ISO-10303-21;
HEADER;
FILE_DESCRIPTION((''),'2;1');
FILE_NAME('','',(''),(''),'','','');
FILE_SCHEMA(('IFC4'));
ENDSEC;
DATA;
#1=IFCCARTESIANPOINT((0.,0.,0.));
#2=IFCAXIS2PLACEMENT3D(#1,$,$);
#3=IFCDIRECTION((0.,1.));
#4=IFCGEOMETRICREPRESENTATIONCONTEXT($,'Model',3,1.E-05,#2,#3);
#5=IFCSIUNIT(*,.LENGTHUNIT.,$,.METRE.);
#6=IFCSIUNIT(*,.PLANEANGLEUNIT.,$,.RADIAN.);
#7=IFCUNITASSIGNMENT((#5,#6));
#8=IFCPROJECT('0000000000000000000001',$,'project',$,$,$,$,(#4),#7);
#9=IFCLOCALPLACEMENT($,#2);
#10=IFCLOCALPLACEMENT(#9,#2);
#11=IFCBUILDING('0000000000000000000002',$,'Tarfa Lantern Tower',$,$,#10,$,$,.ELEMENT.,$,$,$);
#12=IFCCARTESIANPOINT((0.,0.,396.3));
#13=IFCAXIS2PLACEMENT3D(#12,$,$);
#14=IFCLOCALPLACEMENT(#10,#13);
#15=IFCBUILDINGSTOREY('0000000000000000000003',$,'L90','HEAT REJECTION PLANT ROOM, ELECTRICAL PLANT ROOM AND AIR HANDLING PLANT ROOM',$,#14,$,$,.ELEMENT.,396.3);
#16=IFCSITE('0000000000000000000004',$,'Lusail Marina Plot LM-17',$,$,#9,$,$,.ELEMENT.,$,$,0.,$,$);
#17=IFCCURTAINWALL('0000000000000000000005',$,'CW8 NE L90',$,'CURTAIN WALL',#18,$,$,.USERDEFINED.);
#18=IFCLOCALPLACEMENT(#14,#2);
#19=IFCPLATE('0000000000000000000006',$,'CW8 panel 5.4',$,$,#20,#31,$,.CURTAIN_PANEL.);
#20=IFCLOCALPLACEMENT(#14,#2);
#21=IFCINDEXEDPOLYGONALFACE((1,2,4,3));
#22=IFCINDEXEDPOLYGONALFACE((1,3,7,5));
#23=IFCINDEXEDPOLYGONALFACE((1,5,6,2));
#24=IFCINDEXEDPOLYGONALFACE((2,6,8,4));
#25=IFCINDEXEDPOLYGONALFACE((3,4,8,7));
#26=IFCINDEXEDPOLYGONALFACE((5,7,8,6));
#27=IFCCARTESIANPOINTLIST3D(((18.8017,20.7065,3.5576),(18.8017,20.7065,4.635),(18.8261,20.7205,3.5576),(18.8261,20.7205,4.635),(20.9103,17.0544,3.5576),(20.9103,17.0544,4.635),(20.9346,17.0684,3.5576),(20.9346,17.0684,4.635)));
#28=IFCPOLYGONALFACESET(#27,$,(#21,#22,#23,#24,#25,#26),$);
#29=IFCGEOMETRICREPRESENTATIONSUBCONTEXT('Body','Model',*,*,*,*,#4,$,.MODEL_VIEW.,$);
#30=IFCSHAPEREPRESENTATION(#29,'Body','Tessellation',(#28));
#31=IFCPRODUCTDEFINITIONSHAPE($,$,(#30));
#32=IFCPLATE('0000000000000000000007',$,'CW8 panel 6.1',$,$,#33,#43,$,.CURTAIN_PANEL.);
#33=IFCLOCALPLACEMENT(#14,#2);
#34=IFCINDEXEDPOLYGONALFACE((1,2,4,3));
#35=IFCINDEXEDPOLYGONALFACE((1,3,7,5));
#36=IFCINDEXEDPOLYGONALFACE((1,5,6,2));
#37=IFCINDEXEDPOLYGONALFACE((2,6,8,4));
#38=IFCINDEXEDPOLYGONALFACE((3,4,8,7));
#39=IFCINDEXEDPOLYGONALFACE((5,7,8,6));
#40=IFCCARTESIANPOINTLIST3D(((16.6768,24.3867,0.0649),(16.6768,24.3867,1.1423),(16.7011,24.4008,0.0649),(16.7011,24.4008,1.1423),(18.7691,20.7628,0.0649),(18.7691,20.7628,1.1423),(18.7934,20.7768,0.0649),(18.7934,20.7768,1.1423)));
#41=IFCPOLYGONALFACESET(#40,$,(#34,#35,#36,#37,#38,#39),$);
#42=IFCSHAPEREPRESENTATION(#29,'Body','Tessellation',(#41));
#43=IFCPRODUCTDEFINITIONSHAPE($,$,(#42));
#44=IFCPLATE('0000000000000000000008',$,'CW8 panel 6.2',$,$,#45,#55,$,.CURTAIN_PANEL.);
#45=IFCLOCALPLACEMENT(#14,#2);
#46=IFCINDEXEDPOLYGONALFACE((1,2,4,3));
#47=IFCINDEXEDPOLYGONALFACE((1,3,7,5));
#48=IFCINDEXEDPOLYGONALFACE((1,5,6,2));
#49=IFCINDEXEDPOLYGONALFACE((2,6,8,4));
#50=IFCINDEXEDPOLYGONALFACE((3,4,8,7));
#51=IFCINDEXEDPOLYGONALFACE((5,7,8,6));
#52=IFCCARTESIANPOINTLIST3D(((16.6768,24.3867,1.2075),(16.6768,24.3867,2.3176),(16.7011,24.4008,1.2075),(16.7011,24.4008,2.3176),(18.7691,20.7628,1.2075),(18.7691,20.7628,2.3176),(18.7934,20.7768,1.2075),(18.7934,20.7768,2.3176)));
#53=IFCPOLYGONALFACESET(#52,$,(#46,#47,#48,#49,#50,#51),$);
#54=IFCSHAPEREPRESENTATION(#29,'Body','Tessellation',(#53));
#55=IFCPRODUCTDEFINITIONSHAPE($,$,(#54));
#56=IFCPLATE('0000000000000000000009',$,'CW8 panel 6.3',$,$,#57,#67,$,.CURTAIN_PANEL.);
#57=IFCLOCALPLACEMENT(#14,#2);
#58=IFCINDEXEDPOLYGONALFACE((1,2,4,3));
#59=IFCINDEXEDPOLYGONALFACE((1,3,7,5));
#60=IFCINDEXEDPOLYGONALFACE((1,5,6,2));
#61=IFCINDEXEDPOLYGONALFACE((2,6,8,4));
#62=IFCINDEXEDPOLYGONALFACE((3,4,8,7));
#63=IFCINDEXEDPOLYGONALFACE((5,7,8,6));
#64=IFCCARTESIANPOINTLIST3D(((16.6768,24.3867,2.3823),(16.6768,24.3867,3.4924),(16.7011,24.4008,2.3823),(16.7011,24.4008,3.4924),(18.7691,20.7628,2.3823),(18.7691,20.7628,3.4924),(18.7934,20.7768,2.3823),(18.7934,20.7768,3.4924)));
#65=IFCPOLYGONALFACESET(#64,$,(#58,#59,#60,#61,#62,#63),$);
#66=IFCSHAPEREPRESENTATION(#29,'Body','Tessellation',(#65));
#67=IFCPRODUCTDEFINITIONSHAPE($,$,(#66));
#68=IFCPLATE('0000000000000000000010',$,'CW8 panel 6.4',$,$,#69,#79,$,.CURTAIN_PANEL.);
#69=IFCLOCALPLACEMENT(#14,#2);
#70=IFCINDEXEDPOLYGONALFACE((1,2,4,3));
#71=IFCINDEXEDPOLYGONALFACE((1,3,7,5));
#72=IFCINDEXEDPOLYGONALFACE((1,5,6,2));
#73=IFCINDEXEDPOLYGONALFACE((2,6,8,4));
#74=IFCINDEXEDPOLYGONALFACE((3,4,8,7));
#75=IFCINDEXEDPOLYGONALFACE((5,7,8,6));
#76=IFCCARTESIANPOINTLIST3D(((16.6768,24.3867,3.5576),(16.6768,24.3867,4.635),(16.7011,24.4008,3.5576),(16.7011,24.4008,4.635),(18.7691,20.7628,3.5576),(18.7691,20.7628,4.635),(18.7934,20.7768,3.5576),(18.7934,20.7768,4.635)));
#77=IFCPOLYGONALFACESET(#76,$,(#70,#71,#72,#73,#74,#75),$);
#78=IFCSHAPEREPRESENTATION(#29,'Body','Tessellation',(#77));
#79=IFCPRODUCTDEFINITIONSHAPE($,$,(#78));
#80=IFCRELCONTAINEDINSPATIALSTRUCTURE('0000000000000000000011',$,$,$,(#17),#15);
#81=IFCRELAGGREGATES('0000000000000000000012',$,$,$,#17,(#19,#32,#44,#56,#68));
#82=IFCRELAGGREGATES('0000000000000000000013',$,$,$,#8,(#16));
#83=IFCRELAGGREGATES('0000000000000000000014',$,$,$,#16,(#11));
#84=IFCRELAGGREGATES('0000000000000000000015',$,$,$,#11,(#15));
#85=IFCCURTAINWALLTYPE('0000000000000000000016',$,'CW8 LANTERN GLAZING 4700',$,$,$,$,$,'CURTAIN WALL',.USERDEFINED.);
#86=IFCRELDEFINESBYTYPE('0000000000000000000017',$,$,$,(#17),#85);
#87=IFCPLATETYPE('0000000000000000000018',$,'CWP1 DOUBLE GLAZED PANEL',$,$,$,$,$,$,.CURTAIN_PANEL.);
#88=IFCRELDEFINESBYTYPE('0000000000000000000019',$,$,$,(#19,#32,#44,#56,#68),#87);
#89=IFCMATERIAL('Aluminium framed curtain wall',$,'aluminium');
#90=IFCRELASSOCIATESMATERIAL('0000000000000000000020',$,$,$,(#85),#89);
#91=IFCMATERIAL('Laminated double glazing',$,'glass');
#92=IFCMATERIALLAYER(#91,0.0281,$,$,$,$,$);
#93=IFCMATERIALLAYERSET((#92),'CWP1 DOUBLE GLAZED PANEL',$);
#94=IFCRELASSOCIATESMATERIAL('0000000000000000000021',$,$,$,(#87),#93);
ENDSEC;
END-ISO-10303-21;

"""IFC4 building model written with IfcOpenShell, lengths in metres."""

from ifc_helpers import new_model, si_unit, direction, frame, origin, origin_2d, place, context, subcontext, project, spatial, rectangle, extrude, material, layer, layer_set, type_object, element, aggregate, save


model = new_model("IFC4")

# Units and contexts
model_context = context("Model", 3, precision=1e-05, world=origin(), true_north=direction((0.0, 1.0)))
body_context = subcontext(model_context, "Body", "Model", "MODEL_VIEW")
ifc_project = project(units=[si_unit("LENGTHUNIT", "METRE"), si_unit("PLANEANGLEUNIT", "RADIAN")], contexts=[model_context])

# Site, building, storey
site_placement = place(None, origin())
site = spatial("IfcSite", under=ifc_project, at=site_placement, Name="Lusail Marina Plot LM-17", CompositionType="ELEMENT", RefElevation=0.0)
building_placement = place(site_placement, origin())
building = spatial("IfcBuilding", under=site, at=building_placement, Name="Tarfa Lantern Tower", CompositionType="ELEMENT")
storey_placement = place(building_placement, frame((0.0, 0.0, 396.3)))
storey = spatial("IfcBuildingStorey", under=building, at=storey_placement, Name="L90", Description="HEAT REJECTION PLANT ROOM, ELECTRICAL PLANT ROOM AND AIR HANDLING PLANT ROOM", CompositionType="ELEMENT", Elevation=396.3)

# Shared definitions
ifc_material_1 = material(Name="Aluminium framed curtain wall", Category="aluminium")
curtain_wall_type = type_object("IfcCurtainWallType", Name="CW8 LANTERN GLAZING 4700", ElementType="CURTAIN WALL", PredefinedType="USERDEFINED", material=ifc_material_1)

# Curtain wall
curtain_wall_1_placement = place(storey_placement, origin())
curtain_wall_1 = element("IfcCurtainWall", 1, at=curtain_wall_1_placement, inside=storey, type_object=curtain_wall_type, Name="CW8 NE L90", ObjectType="CURTAIN WALL", PredefinedType="USERDEFINED")

# Plates
ifc_material_2 = material(Name="Laminated double glazing", Category="glass")
ifc_layer = layer(ifc_material_2, 0.0281)
ifc_layer_set = layer_set([ifc_layer], Name="CWP1 DOUBLE GLAZED PANEL")
plate_type = type_object("IfcPlateType", Name="CWP1 DOUBLE GLAZED PANEL", PredefinedType="CURTAIN_PANEL", material=ifc_layer_set)
plate_1_placement = place(storey_placement, frame((19.8682, 18.8875, 3.5576), z_axis=(0.0, 0.0, 1.0), x_axis=(-0.5, 0.866025, 0.0)))
plate_1 = element("IfcPlate", 2, at=plate_1_placement, type_object=plate_type, Name="CW8 panel 5.4", PredefinedType="CURTAIN_PANEL", context=body_context, shape_type="SweptSolid", body=[
    extrude(rectangle(XDim=4.217, YDim=0.0281, at=origin_2d()), origin(), (0.0, 0.0, 1.0), 1.0774),
])
plate_2_placement = place(storey_placement, frame((17.7351, 22.5818, 0.0649), z_axis=(0.0, 0.0, 1.0), x_axis=(-0.5, 0.866025, 0.0)))
plate_2 = element("IfcPlate", 3, at=plate_2_placement, type_object=plate_type, Name="CW8 panel 6.1", PredefinedType="CURTAIN_PANEL", context=body_context, shape_type="SweptSolid", body=[
    extrude(rectangle(XDim=4.1846, YDim=0.0281, at=origin_2d()), origin(), (0.0, 0.0, 1.0), 1.0774),
])
plate_3_placement = place(storey_placement, frame((17.7351, 22.5818, 1.2075), z_axis=(0.0, 0.0, 1.0), x_axis=(-0.5, 0.866025, 0.0)))
plate_3 = element("IfcPlate", 4, at=plate_3_placement, type_object=plate_type, Name="CW8 panel 6.2", PredefinedType="CURTAIN_PANEL", context=body_context, shape_type="SweptSolid", body=[
    extrude(rectangle(XDim=4.1846, YDim=0.0281, at=origin_2d()), origin(), (0.0, 0.0, 1.0), 1.1101),
])
plate_4_placement = place(storey_placement, frame((17.7351, 22.5818, 2.3823), z_axis=(0.0, 0.0, 1.0), x_axis=(-0.5, 0.866025, 0.0)))
plate_4 = element("IfcPlate", 5, at=plate_4_placement, type_object=plate_type, Name="CW8 panel 6.3", PredefinedType="CURTAIN_PANEL", context=body_context, shape_type="SweptSolid", body=[
    extrude(rectangle(XDim=4.1846, YDim=0.0281, at=origin_2d()), origin(), (0.0, 0.0, 1.0), 1.1101),
])
plate_5_placement = place(storey_placement, frame((17.7351, 22.5818, 3.5576), z_axis=(0.0, 0.0, 1.0), x_axis=(-0.5, 0.866025, 0.0)))
plate_5 = element("IfcPlate", 6, at=plate_5_placement, type_object=plate_type, Name="CW8 panel 6.4", PredefinedType="CURTAIN_PANEL", context=body_context, shape_type="SweptSolid", body=[
    extrude(rectangle(XDim=4.1846, YDim=0.0281, at=origin_2d()), origin(), (0.0, 0.0, 1.0), 1.0774),
])
aggregate(curtain_wall_1, [plate_1, plate_2, plate_3, plate_4, plate_5])

save(model, "model.ifc")
